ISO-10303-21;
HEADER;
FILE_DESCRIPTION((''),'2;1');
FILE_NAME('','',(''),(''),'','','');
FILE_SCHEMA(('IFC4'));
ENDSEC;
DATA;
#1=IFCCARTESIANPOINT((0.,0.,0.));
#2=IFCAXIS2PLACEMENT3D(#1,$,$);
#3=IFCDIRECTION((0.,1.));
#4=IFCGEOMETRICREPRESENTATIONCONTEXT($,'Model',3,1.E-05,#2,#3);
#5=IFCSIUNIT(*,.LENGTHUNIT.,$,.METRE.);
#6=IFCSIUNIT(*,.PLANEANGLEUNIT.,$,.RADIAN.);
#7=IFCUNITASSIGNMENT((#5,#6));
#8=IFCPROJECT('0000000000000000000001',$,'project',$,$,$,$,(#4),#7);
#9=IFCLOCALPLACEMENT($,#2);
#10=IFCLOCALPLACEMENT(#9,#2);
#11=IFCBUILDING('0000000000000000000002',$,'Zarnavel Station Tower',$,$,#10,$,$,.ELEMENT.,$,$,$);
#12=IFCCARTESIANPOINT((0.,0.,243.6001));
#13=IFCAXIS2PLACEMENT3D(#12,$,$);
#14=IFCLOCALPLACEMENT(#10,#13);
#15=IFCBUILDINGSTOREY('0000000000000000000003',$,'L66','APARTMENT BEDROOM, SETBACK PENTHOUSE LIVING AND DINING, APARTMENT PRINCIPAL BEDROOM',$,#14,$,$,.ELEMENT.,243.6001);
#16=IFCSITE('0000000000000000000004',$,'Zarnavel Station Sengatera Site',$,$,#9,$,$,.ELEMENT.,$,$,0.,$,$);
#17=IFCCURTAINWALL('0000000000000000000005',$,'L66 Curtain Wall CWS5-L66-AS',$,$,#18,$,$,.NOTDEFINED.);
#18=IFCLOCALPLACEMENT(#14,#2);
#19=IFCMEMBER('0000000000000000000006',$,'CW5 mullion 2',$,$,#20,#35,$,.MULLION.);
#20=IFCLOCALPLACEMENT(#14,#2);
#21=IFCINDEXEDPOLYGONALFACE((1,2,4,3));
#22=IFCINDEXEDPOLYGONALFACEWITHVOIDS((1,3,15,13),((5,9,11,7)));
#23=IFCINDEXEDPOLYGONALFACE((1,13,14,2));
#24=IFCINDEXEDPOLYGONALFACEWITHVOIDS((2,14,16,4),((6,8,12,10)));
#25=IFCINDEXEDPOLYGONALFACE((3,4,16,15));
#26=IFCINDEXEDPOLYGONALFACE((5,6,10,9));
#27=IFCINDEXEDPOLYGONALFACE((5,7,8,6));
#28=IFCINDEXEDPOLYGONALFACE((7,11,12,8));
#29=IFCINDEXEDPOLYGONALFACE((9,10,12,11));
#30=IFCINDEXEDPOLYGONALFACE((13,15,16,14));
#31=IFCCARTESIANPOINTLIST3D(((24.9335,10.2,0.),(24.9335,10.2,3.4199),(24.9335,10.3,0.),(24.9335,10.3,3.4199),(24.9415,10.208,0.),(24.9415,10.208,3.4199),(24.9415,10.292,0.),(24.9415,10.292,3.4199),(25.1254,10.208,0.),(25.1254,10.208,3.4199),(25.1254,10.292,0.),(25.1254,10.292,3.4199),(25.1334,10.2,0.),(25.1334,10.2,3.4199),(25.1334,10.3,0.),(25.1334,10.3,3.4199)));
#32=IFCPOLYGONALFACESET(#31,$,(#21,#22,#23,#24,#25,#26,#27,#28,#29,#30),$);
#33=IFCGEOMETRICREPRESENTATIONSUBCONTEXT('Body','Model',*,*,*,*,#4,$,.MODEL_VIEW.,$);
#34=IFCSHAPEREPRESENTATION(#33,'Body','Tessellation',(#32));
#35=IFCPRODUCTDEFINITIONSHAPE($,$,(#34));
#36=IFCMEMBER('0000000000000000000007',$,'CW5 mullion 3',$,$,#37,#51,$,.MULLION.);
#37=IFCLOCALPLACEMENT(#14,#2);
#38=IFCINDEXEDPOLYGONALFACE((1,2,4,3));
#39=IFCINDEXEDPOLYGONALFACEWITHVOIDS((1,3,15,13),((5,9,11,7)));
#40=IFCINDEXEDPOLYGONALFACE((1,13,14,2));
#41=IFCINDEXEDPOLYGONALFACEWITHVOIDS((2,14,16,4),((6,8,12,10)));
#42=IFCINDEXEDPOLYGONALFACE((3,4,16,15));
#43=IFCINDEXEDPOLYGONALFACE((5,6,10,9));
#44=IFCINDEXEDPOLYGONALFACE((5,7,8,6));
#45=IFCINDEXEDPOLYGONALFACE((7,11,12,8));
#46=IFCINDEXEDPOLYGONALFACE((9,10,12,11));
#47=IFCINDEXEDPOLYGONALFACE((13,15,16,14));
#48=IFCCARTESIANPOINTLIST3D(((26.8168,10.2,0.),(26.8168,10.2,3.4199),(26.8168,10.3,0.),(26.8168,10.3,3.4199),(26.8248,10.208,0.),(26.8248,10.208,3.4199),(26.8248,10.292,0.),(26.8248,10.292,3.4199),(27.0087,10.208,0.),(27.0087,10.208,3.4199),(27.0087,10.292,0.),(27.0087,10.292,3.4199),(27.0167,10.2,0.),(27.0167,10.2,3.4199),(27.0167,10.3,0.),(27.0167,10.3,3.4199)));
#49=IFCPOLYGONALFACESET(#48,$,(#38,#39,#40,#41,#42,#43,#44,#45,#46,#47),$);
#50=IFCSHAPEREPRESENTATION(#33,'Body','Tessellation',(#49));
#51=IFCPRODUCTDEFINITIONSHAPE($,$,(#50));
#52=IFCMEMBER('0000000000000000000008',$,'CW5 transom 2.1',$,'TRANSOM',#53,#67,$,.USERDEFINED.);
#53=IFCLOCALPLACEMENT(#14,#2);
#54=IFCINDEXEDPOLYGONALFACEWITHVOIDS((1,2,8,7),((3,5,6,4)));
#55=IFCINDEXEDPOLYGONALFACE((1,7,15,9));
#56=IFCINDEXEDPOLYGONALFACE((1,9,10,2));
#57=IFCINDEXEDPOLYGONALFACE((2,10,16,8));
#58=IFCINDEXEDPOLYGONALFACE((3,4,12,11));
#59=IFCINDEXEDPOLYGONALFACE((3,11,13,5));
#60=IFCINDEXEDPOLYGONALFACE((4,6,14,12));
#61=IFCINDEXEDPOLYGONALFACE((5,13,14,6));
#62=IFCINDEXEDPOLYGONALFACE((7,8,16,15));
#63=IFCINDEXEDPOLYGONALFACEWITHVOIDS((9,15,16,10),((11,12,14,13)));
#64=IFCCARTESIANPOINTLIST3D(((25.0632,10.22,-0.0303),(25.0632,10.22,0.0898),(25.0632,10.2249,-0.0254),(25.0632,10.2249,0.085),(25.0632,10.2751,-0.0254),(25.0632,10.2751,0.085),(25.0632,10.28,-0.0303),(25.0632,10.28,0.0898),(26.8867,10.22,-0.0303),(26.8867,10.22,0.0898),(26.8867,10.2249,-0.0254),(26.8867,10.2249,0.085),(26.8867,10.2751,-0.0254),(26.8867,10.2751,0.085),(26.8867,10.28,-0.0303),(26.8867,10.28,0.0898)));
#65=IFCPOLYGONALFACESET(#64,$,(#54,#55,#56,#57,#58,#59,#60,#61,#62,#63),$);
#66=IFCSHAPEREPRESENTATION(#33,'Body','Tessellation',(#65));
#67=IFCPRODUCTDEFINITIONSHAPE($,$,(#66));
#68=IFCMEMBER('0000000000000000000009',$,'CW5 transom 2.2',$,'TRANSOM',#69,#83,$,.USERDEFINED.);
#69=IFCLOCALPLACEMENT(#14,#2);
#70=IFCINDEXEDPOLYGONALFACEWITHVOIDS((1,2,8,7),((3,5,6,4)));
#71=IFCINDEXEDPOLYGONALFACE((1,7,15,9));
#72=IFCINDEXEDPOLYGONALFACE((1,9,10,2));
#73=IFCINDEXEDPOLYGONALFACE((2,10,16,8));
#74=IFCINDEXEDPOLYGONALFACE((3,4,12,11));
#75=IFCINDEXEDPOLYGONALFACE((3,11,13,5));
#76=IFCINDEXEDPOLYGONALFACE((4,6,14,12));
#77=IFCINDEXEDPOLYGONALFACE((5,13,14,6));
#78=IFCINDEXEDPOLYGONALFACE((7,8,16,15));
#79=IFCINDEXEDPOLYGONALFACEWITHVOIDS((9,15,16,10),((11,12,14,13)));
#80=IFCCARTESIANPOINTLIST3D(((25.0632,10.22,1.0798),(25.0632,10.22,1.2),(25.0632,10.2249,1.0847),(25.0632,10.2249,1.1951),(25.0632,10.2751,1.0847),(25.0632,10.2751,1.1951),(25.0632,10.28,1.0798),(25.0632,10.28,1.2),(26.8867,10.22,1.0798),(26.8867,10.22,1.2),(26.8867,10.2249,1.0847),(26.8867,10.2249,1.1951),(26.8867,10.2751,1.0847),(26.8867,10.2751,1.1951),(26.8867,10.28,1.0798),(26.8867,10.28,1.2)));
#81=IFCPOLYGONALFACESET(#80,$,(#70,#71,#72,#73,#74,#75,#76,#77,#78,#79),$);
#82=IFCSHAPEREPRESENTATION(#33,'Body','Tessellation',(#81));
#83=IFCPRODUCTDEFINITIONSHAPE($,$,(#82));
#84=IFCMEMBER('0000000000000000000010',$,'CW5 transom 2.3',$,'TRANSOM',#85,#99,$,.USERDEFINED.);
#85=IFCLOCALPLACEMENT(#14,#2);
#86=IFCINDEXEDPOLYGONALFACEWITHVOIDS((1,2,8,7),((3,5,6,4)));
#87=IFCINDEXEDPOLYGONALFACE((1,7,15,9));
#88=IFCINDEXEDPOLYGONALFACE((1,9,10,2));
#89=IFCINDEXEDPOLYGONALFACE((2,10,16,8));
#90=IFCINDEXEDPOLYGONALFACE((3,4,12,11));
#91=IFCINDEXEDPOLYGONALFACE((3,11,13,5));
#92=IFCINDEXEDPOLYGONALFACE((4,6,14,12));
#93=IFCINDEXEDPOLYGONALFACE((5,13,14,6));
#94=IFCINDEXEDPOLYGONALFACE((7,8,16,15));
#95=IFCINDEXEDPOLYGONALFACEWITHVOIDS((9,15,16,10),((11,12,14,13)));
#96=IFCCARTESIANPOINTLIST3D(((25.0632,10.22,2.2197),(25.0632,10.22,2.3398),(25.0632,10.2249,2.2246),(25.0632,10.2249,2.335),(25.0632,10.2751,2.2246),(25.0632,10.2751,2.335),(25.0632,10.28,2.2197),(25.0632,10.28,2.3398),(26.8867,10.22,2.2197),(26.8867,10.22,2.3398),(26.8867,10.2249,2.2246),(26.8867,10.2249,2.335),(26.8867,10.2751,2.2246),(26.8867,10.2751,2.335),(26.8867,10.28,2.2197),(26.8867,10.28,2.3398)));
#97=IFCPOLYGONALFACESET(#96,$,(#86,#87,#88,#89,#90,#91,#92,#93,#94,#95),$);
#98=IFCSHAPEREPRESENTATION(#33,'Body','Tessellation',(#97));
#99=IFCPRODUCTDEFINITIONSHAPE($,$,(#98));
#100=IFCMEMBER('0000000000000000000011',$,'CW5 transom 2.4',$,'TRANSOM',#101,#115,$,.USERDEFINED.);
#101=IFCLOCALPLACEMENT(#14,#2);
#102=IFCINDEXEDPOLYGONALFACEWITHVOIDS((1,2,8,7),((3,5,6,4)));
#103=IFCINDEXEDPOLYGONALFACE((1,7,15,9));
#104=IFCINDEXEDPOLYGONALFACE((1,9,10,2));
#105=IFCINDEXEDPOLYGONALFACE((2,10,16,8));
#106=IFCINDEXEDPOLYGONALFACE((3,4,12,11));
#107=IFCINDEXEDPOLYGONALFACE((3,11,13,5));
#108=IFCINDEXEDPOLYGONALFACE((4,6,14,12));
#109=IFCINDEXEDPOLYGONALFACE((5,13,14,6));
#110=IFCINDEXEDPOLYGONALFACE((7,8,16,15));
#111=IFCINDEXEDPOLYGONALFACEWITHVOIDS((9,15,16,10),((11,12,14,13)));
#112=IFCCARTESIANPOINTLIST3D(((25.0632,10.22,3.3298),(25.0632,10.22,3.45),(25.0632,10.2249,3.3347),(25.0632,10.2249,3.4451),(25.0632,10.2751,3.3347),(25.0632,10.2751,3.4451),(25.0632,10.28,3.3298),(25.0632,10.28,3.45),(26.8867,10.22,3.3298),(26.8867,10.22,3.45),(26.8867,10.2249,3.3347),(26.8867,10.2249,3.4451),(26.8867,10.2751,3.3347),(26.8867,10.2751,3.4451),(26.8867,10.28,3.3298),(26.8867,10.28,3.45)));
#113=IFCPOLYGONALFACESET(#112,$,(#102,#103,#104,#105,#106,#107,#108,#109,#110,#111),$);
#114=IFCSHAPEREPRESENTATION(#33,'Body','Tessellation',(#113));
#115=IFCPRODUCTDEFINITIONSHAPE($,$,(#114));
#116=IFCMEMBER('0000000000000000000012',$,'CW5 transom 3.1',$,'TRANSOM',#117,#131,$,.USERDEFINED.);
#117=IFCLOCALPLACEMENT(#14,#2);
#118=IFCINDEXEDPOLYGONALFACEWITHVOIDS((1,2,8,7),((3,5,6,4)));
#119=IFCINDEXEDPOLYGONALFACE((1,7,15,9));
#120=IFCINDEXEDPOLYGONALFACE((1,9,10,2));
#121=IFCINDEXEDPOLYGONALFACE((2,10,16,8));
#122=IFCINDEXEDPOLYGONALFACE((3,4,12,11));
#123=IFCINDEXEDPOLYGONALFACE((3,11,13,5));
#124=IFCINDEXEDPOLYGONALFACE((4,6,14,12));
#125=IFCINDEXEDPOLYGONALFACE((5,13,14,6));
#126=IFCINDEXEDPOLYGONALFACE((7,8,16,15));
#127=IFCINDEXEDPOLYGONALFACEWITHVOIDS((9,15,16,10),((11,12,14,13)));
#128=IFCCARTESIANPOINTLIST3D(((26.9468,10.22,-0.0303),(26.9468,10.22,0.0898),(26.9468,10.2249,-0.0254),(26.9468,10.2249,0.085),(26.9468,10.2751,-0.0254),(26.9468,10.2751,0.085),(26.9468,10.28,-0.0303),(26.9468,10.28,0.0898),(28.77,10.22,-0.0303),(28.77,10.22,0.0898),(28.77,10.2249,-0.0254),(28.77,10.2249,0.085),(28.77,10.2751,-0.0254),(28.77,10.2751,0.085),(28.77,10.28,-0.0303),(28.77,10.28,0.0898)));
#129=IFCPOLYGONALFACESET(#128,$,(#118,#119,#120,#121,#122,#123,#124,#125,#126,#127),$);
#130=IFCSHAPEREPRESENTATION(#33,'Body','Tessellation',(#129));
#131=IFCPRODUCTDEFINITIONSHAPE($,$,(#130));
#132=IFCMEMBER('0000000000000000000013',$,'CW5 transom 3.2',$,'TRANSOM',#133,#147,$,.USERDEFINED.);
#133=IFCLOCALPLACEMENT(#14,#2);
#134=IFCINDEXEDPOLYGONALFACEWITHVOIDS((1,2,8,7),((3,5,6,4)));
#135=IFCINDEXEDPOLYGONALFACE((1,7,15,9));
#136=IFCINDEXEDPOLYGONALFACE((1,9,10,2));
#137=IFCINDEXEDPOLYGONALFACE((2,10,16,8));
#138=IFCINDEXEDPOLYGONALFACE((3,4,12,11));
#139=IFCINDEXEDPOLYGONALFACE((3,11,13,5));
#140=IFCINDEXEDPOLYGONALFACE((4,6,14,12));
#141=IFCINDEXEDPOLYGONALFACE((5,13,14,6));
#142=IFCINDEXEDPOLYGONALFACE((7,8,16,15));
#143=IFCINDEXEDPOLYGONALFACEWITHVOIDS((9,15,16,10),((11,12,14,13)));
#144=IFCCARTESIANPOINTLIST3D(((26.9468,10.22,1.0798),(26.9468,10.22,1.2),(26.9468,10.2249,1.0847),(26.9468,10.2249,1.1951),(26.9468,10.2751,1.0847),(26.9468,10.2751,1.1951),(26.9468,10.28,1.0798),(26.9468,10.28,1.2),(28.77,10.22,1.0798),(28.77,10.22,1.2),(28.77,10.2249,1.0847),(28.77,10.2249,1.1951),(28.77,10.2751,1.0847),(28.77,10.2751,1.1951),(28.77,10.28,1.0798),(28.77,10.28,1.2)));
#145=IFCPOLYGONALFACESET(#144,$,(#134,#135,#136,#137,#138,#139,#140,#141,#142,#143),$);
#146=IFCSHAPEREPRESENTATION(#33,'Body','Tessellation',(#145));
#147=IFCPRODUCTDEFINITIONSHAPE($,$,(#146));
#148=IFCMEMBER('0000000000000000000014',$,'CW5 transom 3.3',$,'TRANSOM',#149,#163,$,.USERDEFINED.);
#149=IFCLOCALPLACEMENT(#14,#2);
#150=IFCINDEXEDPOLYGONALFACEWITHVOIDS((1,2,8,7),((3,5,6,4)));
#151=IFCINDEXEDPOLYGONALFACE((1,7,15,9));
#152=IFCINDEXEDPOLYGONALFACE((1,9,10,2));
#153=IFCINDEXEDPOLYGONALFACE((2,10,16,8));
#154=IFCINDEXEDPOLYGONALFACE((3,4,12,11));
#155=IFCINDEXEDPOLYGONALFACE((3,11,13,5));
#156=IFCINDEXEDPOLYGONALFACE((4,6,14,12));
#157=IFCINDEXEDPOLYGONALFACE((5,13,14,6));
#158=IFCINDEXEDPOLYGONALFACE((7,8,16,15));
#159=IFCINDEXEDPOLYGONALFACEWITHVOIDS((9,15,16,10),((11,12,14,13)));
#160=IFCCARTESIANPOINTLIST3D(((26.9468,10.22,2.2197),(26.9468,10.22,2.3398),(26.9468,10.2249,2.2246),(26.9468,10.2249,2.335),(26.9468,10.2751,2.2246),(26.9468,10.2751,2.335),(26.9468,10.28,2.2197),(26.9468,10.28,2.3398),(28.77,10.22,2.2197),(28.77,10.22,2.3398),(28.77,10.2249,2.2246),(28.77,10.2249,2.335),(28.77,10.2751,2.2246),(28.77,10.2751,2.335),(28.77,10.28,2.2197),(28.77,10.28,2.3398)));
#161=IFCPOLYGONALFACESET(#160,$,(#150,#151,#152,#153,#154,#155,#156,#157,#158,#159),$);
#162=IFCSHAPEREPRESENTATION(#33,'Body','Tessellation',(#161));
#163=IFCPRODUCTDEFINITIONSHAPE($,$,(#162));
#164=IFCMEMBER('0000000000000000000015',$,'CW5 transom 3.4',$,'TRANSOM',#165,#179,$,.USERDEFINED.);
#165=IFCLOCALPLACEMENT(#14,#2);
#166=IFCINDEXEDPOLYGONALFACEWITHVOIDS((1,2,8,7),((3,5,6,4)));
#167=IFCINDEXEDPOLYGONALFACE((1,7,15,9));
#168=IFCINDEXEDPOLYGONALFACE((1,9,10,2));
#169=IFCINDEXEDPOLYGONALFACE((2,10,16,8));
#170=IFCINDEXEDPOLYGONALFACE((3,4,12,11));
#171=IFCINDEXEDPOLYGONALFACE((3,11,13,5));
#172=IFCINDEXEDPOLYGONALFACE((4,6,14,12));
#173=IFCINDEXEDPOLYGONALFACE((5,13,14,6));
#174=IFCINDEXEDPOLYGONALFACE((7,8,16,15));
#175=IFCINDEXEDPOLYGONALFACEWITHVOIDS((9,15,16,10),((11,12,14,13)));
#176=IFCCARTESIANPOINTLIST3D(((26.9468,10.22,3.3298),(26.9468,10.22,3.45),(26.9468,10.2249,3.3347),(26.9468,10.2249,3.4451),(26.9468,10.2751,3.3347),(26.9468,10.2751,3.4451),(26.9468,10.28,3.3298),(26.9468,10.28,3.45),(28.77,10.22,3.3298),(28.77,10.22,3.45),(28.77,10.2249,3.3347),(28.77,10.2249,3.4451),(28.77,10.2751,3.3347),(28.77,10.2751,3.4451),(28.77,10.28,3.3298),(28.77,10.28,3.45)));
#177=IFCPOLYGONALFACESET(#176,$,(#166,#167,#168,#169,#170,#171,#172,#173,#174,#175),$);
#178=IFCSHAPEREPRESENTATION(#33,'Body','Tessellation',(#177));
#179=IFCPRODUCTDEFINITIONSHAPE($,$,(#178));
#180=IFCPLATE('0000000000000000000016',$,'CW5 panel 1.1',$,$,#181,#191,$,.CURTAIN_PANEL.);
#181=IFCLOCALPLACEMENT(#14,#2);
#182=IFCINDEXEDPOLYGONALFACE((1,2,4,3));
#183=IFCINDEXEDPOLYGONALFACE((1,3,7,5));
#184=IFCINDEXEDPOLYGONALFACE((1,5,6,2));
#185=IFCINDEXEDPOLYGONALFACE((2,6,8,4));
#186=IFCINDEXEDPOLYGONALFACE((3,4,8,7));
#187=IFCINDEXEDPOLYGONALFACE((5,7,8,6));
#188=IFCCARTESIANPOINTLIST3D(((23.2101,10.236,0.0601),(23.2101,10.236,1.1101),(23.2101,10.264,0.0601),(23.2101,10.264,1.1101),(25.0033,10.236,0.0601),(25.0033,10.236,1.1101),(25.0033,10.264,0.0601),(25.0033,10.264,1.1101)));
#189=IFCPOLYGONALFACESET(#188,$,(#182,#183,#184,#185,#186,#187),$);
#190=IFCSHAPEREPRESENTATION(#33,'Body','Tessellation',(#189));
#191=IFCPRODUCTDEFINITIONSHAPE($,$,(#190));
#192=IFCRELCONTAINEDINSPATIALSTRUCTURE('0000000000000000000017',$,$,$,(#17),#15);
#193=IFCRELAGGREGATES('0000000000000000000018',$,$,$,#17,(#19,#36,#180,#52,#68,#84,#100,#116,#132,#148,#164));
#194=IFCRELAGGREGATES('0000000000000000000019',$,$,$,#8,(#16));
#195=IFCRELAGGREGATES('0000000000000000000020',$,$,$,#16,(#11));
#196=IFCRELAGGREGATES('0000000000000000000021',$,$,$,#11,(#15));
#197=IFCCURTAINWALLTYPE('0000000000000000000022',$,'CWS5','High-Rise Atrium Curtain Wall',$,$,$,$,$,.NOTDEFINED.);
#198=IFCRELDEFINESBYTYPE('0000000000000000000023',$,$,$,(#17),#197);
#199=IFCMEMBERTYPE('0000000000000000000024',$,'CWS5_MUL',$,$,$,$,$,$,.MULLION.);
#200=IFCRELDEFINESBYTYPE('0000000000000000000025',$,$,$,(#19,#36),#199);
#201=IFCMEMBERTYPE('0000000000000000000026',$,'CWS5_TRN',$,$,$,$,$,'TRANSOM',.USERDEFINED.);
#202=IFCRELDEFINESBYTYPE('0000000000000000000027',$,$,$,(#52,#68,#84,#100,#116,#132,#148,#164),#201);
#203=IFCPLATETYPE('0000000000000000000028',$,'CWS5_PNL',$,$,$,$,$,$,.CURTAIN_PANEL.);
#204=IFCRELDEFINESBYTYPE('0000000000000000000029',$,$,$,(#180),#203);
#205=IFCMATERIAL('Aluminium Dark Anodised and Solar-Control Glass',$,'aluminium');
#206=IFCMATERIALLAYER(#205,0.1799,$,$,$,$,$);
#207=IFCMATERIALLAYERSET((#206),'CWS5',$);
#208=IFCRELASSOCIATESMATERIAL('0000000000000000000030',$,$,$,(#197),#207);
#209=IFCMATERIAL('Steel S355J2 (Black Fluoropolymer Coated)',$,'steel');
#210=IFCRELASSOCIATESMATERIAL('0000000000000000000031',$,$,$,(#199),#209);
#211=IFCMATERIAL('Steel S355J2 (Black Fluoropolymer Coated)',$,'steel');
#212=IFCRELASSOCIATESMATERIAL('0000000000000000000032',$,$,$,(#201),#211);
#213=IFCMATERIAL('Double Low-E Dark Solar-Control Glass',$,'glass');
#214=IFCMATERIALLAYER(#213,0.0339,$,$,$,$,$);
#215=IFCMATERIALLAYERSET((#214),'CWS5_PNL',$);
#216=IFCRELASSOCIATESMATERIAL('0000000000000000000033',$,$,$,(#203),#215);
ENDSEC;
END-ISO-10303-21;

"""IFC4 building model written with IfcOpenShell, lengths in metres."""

from ifc_helpers import new_model, si_unit, direction, frame, origin, origin_2d, place, context, subcontext, project, spatial, rectangle, hollow_rectangle, extrude, material, layer, layer_set, material_profile, profile_set, type_object, element, aggregate, save


model = new_model("IFC4")

# Units and contexts
model_context = context("Model", 3, precision=1e-05, world=origin(), true_north=direction((0.0, 1.0)))
body_context = subcontext(model_context, "Body", "Model", "MODEL_VIEW")
ifc_project = project(units=[si_unit("LENGTHUNIT", "METRE"), si_unit("PLANEANGLEUNIT", "RADIAN")], contexts=[model_context])

# Site, building, storey
site_placement = place(None, origin())
site = spatial("IfcSite", under=ifc_project, at=site_placement, Name="Zarnavel Station Sengatera Site", CompositionType="ELEMENT", RefElevation=0.0)
building_placement = place(site_placement, origin())
building = spatial("IfcBuilding", under=site, at=building_placement, Name="Zarnavel Station Tower", CompositionType="ELEMENT")
storey_placement = place(building_placement, frame((0.0, 0.0, 243.6001)))
storey = spatial("IfcBuildingStorey", under=building, at=storey_placement, Name="L66", Description="APARTMENT BEDROOM, SETBACK PENTHOUSE LIVING AND DINING, APARTMENT PRINCIPAL BEDROOM", CompositionType="ELEMENT", Elevation=243.6001)

# Curtain wall, members, plate
ifc_material_1 = material(Name="Aluminium Dark Anodised and Solar-Control Glass", Category="aluminium")
ifc_layer_1 = layer(ifc_material_1, 0.1799)
ifc_layer_set_1 = layer_set([ifc_layer_1], Name="CWS5")
curtain_wall_type = type_object("IfcCurtainWallType", Name="CWS5", Description="High-Rise Atrium Curtain Wall", PredefinedType="NOTDEFINED", material=ifc_layer_set_1)
curtain_wall_placement = place(storey_placement, origin())
curtain_wall = element("IfcCurtainWall", 1, at=curtain_wall_placement, inside=storey, type_object=curtain_wall_type, Name="L66 Curtain Wall CWS5-L66-AS", PredefinedType="NOTDEFINED")
ifc_material_2 = material(Name="Steel S355J2 (Black Fluoropolymer Coated)", Category="steel")
ifc_material_profile_1 = material_profile(ifc_material_2, hollow_rectangle(XDim=0.1001, YDim=0.2, WallThickness=0.0081, at=origin_2d()), Name="RHS200x100x8")
ifc_profile_set_1 = profile_set([ifc_material_profile_1], Name="Steel S355J2 (Black Fluoropolymer Coated)")
member_type_1 = type_object("IfcMemberType", Name="CWS5_MUL", PredefinedType="MULLION", material=ifc_profile_set_1)
member_1_placement = place(storey_placement, frame((25.0334, 10.25, 0.0), z_axis=(0.0, 0.0, 1.0), x_axis=(0.0, 1.0, 0.0)))
member_1 = element("IfcMember", 2, at=member_1_placement, type_object=member_type_1, Name="CW5 mullion 2", PredefinedType="MULLION", context=body_context, shape_type="SweptSolid", body=[
    extrude(hollow_rectangle(XDim=0.1001, YDim=0.2, WallThickness=0.0081, at=origin_2d()), origin(), (0.0, 0.0, 1.0), 3.4199),
])
member_2_placement = place(storey_placement, frame((26.9167, 10.25, 0.0), z_axis=(0.0, 0.0, 1.0), x_axis=(0.0, 1.0, 0.0)))
member_2 = element("IfcMember", 3, at=member_2_placement, type_object=member_type_1, Name="CW5 mullion 3", PredefinedType="MULLION", context=body_context, shape_type="SweptSolid", body=[
    extrude(hollow_rectangle(XDim=0.1001, YDim=0.2, WallThickness=0.0081, at=origin_2d()), origin(), (0.0, 0.0, 1.0), 3.4199),
])
ifc_material_3 = material(Name="Steel S355J2 (Black Fluoropolymer Coated)", Category="steel")
ifc_material_profile_2 = material_profile(ifc_material_3, hollow_rectangle(XDim=0.0601, YDim=0.1201, WallThickness=0.0049, at=origin_2d()), Name="RHS120x60x5")
ifc_profile_set_2 = profile_set([ifc_material_profile_2], Name="Steel S355J2 (Black Fluoropolymer Coated)")
member_type_2 = type_object("IfcMemberType", Name="CWS5_TRN", ElementType="TRANSOM", PredefinedType="USERDEFINED", material=ifc_profile_set_2)
member_3_placement = place(storey_placement, frame((25.0632, 10.25, 0.0298), z_axis=(1.0, 0.0, 0.0), x_axis=(0.0, 1.0, 0.0)))
member_3 = element("IfcMember", 4, at=member_3_placement, type_object=member_type_2, Name="CW5 transom 2.1", ObjectType="TRANSOM", PredefinedType="USERDEFINED", context=body_context, shape_type="SweptSolid", body=[
    extrude(hollow_rectangle(XDim=0.0601, YDim=0.1201, WallThickness=0.0049, at=origin_2d()), origin(), (0.0, 0.0, 1.0), 1.8235),
])
member_4_placement = place(storey_placement, frame((25.0632, 10.25, 1.1399), z_axis=(1.0, 0.0, 0.0), x_axis=(0.0, 1.0, 0.0)))
member_4 = element("IfcMember", 5, at=member_4_placement, type_object=member_type_2, Name="CW5 transom 2.2", ObjectType="TRANSOM", PredefinedType="USERDEFINED", context=body_context, shape_type="SweptSolid", body=[
    extrude(hollow_rectangle(XDim=0.0601, YDim=0.1201, WallThickness=0.0049, at=origin_2d()), origin(), (0.0, 0.0, 1.0), 1.8235),
])
member_5_placement = place(storey_placement, frame((25.0632, 10.25, 2.2798), z_axis=(1.0, 0.0, 0.0), x_axis=(0.0, 1.0, 0.0)))
member_5 = element("IfcMember", 6, at=member_5_placement, type_object=member_type_2, Name="CW5 transom 2.3", ObjectType="TRANSOM", PredefinedType="USERDEFINED", context=body_context, shape_type="SweptSolid", body=[
    extrude(hollow_rectangle(XDim=0.0601, YDim=0.1201, WallThickness=0.0049, at=origin_2d()), origin(), (0.0, 0.0, 1.0), 1.8235),
])
member_6_placement = place(storey_placement, frame((25.0632, 10.25, 3.3899), z_axis=(1.0, 0.0, 0.0), x_axis=(0.0, 1.0, 0.0)))
member_6 = element("IfcMember", 7, at=member_6_placement, type_object=member_type_2, Name="CW5 transom 2.4", ObjectType="TRANSOM", PredefinedType="USERDEFINED", context=body_context, shape_type="SweptSolid", body=[
    extrude(hollow_rectangle(XDim=0.0601, YDim=0.1201, WallThickness=0.0049, at=origin_2d()), origin(), (0.0, 0.0, 1.0), 1.8235),
])
member_7_placement = place(storey_placement, frame((26.9468, 10.25, 0.0298), z_axis=(1.0, 0.0, 0.0), x_axis=(0.0, 1.0, 0.0)))
member_7 = element("IfcMember", 8, at=member_7_placement, type_object=member_type_2, Name="CW5 transom 3.1", ObjectType="TRANSOM", PredefinedType="USERDEFINED", context=body_context, shape_type="SweptSolid", body=[
    extrude(hollow_rectangle(XDim=0.0601, YDim=0.1201, WallThickness=0.0049, at=origin_2d()), origin(), (0.0, 0.0, 1.0), 1.8232),
])
member_8_placement = place(storey_placement, frame((26.9468, 10.25, 1.1399), z_axis=(1.0, 0.0, 0.0), x_axis=(0.0, 1.0, 0.0)))
member_8 = element("IfcMember", 9, at=member_8_placement, type_object=member_type_2, Name="CW5 transom 3.2", ObjectType="TRANSOM", PredefinedType="USERDEFINED", context=body_context, shape_type="SweptSolid", body=[
    extrude(hollow_rectangle(XDim=0.0601, YDim=0.1201, WallThickness=0.0049, at=origin_2d()), origin(), (0.0, 0.0, 1.0), 1.8232),
])
member_9_placement = place(storey_placement, frame((26.9468, 10.25, 2.2798), z_axis=(1.0, 0.0, 0.0), x_axis=(0.0, 1.0, 0.0)))
member_9 = element("IfcMember", 10, at=member_9_placement, type_object=member_type_2, Name="CW5 transom 3.3", ObjectType="TRANSOM", PredefinedType="USERDEFINED", context=body_context, shape_type="SweptSolid", body=[
    extrude(hollow_rectangle(XDim=0.0601, YDim=0.1201, WallThickness=0.0049, at=origin_2d()), origin(), (0.0, 0.0, 1.0), 1.8232),
])
member_10_placement = place(storey_placement, frame((26.9468, 10.25, 3.3899), z_axis=(1.0, 0.0, 0.0), x_axis=(0.0, 1.0, 0.0)))
member_10 = element("IfcMember", 11, at=member_10_placement, type_object=member_type_2, Name="CW5 transom 3.4", ObjectType="TRANSOM", PredefinedType="USERDEFINED", context=body_context, shape_type="SweptSolid", body=[
    extrude(hollow_rectangle(XDim=0.0601, YDim=0.1201, WallThickness=0.0049, at=origin_2d()), origin(), (0.0, 0.0, 1.0), 1.8232),
])
ifc_material_4 = material(Name="Double Low-E Dark Solar-Control Glass", Category="glass")
ifc_layer_2 = layer(ifc_material_4, 0.0339)
ifc_layer_set_2 = layer_set([ifc_layer_2], Name="CWS5_PNL")
plate_type = type_object("IfcPlateType", Name="CWS5_PNL", PredefinedType="CURTAIN_PANEL", material=ifc_layer_set_2)
plate_1_placement = place(storey_placement, frame((24.1067, 10.25, 0.0601), z_axis=(0.0, 0.0, 1.0), x_axis=(1.0, 0.0, 0.0)))
plate_1 = element("IfcPlate", 12, at=plate_1_placement, type_object=plate_type, Name="CW5 panel 1.1", PredefinedType="CURTAIN_PANEL", context=body_context, shape_type="SweptSolid", body=[
    extrude(rectangle(XDim=1.7932, YDim=0.0281, at=origin_2d()), origin(), (0.0, 0.0, 1.0), 1.05),
])
aggregate(curtain_wall, [member_1, member_2, plate_1, member_3, member_4, member_5, member_6, member_7, member_8, member_9, member_10])

save(model, "model.ifc")
